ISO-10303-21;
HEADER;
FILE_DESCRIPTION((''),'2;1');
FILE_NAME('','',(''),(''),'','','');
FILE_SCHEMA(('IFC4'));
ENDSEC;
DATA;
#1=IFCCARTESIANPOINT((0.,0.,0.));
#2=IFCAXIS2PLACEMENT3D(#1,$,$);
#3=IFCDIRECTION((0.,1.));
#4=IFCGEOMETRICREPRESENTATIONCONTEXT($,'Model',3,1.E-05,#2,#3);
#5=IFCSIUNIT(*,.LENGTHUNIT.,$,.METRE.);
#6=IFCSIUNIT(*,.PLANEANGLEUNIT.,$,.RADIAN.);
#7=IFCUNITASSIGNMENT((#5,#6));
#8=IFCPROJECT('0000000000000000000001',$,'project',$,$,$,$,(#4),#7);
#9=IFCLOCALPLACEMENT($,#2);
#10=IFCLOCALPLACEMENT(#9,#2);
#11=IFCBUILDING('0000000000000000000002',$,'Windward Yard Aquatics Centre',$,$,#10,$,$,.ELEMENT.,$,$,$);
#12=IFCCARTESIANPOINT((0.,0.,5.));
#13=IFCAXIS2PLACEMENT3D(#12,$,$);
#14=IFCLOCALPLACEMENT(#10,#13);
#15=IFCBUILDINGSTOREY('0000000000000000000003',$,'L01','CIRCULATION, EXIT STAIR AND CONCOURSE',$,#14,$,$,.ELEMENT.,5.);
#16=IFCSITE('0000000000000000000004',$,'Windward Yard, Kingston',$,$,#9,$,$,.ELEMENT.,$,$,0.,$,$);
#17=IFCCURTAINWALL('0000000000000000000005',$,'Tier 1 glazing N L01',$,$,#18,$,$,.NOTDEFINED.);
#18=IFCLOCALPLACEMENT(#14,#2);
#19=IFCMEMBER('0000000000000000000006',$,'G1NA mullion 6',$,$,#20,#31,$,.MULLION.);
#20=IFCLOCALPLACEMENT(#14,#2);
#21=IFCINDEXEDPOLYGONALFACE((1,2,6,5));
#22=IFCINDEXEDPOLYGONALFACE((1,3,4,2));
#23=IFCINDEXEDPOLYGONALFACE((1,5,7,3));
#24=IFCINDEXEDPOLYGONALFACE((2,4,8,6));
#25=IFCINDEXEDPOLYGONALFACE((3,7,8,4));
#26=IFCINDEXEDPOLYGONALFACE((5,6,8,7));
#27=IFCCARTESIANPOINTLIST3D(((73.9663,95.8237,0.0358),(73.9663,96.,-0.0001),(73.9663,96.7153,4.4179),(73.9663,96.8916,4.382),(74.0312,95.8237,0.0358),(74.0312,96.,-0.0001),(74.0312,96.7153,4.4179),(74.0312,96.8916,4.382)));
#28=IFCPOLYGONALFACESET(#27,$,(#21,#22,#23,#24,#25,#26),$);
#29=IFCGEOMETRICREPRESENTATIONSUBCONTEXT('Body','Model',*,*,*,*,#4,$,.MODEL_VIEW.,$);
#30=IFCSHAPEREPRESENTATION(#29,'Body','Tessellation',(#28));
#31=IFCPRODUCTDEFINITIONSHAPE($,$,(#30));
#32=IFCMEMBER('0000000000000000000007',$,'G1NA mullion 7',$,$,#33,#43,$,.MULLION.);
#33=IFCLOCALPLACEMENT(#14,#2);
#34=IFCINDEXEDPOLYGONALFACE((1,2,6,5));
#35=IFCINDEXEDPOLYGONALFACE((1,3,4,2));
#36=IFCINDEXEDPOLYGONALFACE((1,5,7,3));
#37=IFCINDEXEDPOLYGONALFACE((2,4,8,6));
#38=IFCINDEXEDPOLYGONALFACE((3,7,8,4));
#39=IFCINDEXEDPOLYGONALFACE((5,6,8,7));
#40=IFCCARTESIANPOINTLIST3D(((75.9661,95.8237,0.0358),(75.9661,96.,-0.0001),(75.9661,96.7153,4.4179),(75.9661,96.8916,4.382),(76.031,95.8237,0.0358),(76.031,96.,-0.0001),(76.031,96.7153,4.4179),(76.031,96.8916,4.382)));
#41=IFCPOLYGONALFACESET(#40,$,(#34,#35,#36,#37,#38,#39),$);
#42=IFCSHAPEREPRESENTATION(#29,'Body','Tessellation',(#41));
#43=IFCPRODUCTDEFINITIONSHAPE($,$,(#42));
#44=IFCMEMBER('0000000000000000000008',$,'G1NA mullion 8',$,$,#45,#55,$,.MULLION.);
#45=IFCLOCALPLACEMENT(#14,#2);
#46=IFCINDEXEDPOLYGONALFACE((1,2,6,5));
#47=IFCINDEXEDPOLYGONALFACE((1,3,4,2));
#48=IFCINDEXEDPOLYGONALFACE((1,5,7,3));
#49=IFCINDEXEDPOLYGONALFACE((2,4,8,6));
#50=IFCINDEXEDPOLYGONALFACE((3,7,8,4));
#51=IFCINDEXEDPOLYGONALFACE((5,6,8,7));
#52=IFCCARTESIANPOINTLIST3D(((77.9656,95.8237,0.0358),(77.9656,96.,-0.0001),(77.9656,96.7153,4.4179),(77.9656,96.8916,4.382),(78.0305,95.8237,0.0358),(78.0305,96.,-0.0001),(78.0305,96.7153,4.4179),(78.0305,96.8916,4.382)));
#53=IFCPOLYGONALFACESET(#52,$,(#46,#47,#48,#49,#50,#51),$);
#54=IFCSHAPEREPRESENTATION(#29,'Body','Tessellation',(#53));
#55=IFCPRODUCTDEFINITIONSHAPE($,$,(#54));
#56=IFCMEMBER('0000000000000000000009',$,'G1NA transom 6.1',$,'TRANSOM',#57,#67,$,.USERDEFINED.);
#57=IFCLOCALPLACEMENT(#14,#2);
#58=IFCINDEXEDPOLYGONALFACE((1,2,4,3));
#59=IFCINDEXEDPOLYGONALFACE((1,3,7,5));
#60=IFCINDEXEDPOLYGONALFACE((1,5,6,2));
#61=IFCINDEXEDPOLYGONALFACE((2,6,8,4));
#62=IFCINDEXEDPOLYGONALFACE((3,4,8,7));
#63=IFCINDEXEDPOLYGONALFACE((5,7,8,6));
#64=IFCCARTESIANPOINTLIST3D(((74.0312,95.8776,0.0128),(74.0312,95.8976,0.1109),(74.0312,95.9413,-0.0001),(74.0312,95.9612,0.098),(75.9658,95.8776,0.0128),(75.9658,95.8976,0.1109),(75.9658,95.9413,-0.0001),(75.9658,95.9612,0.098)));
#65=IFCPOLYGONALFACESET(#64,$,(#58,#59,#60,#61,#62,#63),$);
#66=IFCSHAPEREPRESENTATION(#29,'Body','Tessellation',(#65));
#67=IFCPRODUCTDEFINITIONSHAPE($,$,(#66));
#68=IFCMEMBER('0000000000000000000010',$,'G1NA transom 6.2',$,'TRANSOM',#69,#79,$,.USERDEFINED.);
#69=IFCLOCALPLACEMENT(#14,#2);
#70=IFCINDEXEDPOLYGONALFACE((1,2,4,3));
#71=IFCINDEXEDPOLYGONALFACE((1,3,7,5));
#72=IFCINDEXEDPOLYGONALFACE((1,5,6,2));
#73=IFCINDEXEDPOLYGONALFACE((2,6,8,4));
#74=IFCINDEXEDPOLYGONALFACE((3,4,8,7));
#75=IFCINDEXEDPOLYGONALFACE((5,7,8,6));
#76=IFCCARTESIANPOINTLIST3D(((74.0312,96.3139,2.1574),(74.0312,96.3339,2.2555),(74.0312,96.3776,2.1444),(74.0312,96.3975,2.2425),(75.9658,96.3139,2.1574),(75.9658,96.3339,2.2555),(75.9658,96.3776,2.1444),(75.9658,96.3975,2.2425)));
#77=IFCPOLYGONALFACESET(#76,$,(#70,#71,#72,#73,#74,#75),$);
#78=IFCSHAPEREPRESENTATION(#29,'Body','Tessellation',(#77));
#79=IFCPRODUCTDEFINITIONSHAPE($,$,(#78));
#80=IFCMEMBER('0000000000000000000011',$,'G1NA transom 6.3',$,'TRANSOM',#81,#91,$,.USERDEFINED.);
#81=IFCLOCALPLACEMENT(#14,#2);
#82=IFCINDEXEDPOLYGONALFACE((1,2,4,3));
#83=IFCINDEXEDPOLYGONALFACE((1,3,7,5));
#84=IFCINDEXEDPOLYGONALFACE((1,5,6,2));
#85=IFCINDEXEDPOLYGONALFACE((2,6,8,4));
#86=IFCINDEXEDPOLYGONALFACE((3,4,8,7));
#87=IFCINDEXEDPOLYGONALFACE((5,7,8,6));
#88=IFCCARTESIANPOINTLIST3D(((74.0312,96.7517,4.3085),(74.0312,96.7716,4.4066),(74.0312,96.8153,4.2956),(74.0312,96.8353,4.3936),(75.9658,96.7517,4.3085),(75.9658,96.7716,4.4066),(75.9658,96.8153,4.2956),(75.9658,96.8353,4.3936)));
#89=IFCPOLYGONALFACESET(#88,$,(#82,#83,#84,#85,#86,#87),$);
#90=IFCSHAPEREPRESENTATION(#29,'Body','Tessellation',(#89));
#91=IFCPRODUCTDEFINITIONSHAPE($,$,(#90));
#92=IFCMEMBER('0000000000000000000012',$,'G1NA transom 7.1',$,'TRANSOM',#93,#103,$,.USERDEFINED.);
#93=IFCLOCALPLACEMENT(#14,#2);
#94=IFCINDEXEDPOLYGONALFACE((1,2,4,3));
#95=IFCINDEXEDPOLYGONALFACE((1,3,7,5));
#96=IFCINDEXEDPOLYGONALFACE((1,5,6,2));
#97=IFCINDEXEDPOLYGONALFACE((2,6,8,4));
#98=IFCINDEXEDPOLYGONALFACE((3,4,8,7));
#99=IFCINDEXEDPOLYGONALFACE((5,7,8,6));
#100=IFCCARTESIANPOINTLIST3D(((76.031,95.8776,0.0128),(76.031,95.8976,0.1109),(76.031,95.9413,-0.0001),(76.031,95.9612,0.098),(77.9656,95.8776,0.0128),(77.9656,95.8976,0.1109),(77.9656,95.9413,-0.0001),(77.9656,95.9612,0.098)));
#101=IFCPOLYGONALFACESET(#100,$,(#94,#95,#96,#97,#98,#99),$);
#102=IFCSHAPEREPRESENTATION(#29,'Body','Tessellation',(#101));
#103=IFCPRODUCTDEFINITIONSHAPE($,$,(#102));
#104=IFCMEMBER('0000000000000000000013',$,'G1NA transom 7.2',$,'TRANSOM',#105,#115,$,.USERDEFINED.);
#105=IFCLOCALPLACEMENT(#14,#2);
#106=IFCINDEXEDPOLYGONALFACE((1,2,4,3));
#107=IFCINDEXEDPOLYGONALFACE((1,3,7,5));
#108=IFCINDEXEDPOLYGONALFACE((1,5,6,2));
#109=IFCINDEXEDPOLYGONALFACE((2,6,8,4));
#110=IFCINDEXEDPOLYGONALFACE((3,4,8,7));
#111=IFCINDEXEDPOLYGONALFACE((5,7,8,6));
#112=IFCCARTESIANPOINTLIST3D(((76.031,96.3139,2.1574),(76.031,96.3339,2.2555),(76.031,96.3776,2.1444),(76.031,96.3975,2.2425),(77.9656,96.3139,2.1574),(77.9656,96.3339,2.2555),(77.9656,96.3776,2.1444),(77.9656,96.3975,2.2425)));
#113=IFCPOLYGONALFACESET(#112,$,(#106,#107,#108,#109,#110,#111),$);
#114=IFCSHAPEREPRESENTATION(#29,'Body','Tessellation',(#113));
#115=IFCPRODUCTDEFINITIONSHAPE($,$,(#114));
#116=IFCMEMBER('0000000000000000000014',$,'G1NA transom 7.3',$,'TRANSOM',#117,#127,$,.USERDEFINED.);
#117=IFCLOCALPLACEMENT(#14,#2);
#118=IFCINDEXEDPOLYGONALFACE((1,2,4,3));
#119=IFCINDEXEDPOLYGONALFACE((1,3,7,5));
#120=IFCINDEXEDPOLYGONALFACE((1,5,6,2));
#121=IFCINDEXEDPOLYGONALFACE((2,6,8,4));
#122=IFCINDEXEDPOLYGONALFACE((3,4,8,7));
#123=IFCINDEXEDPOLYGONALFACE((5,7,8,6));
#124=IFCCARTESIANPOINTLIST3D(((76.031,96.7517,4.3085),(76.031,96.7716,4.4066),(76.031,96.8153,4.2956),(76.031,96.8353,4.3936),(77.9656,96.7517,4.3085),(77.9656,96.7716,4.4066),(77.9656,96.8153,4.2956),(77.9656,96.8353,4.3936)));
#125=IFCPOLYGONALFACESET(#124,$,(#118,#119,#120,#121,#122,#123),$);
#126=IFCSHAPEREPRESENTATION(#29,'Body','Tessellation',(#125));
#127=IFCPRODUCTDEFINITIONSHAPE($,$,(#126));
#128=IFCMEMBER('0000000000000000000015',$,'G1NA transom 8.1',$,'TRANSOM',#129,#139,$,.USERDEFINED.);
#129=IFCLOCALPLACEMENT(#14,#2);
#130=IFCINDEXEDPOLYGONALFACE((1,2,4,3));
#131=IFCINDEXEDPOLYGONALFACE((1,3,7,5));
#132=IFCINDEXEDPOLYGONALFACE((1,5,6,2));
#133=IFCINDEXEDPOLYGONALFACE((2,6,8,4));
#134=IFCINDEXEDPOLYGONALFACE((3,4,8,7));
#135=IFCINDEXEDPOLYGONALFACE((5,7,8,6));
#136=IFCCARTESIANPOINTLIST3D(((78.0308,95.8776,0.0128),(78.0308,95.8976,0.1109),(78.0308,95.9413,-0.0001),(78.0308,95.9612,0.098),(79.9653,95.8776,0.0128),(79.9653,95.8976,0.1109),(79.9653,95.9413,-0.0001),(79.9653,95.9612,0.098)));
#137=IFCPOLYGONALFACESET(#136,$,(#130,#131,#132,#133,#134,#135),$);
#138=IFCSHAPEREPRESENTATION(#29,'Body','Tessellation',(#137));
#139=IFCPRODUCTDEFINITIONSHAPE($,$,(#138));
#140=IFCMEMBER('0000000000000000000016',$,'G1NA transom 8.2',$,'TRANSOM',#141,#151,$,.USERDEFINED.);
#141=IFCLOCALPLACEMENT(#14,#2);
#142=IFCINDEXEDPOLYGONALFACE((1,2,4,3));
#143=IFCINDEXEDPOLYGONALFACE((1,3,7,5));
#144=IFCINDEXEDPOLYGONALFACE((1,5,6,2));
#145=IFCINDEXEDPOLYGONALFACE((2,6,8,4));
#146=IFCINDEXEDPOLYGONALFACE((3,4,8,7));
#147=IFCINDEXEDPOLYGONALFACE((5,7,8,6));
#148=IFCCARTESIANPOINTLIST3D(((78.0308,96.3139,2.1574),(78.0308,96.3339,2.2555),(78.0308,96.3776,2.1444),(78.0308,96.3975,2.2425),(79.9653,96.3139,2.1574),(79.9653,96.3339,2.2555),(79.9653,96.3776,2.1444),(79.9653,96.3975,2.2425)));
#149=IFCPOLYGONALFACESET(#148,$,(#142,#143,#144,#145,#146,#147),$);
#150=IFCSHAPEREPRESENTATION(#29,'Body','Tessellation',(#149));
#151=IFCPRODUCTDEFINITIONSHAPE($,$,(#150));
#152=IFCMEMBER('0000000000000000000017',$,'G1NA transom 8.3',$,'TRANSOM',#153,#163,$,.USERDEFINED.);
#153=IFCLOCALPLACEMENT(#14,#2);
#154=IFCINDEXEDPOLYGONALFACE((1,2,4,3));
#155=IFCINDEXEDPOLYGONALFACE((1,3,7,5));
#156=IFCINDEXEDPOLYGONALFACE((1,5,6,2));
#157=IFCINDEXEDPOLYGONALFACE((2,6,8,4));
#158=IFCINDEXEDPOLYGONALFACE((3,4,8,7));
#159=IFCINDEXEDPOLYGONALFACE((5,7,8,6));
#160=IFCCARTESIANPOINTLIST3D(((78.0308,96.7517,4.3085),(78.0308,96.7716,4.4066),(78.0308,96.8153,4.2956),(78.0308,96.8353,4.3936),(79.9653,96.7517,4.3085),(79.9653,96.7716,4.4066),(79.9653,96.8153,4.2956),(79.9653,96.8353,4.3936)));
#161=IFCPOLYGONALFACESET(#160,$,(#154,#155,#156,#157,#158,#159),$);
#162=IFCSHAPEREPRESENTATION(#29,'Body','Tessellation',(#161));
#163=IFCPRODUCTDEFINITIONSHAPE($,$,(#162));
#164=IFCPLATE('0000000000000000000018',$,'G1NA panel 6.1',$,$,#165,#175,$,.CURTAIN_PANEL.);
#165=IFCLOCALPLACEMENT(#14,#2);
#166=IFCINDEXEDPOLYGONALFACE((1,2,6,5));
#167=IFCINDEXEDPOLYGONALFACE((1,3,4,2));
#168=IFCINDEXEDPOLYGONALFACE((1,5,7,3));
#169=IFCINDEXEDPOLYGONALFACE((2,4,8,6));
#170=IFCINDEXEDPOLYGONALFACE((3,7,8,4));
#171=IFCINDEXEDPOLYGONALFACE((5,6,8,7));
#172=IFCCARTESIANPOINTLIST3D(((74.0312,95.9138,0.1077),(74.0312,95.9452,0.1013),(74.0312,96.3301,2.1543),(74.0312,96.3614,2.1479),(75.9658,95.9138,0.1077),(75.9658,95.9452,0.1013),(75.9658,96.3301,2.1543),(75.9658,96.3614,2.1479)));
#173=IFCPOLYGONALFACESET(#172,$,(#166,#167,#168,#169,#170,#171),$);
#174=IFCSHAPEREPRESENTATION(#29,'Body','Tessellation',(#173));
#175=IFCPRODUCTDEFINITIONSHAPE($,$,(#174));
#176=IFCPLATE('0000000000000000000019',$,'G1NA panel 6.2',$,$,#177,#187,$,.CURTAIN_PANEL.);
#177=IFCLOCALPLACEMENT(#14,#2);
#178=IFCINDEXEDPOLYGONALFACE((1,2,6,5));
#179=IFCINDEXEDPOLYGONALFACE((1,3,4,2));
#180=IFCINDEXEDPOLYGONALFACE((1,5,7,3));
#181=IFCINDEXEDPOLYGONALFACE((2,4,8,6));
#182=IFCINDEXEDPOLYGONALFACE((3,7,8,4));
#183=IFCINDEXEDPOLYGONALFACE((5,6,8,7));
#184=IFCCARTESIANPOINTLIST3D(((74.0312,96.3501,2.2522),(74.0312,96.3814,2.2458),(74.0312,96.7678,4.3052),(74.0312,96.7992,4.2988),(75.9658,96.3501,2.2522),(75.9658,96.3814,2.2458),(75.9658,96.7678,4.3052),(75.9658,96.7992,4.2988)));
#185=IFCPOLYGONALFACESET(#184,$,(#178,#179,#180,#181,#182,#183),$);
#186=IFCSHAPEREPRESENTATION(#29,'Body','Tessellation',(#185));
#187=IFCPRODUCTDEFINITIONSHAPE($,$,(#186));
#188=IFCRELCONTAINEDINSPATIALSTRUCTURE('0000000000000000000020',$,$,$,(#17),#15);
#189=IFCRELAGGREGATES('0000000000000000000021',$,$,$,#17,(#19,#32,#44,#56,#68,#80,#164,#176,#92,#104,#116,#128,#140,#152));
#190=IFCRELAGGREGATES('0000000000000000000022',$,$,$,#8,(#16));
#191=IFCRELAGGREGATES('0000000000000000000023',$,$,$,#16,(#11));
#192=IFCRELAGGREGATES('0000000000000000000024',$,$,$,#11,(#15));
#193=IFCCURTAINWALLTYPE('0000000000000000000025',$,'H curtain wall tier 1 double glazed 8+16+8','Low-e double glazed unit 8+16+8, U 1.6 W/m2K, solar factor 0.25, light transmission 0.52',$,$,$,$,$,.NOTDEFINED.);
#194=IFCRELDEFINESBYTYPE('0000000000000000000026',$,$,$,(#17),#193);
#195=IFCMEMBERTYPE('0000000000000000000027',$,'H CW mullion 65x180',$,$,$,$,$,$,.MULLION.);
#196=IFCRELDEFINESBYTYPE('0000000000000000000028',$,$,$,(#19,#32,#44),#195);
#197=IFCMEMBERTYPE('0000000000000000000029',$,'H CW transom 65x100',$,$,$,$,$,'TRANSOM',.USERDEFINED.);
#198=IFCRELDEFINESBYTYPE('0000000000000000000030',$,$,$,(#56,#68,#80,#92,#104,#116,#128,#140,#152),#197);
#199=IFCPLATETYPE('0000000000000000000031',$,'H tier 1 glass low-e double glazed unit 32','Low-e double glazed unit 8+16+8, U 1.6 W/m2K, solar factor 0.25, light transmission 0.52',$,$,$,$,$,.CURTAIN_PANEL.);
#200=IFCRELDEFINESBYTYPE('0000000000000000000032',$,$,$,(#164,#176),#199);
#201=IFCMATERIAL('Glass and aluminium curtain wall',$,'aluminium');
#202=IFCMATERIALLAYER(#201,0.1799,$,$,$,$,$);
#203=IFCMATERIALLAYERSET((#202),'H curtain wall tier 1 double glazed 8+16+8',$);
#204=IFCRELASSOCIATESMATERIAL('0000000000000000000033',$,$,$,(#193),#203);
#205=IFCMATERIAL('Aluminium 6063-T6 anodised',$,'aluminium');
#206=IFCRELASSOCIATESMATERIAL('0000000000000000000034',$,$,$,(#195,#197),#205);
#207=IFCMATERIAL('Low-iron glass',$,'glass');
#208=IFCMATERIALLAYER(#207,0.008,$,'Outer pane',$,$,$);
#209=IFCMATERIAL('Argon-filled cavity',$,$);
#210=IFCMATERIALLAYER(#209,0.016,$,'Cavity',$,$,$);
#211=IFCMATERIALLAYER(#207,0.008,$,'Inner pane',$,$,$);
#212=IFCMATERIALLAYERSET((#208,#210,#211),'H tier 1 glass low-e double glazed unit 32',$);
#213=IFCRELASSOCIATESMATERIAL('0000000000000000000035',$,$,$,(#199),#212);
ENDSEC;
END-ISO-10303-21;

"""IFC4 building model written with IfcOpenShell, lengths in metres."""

from ifc_helpers import new_model, si_unit, direction, frame, origin, origin_2d, place, context, subcontext, project, spatial, polyline, rectangle, outline, extrude, material, layer, layer_set, material_profile, profile_set, type_object, element, aggregate, save


model = new_model("IFC4")

# Units and contexts
model_context = context("Model", 3, precision=1e-05, world=origin(), true_north=direction((0.0, 1.0)))
body_context = subcontext(model_context, "Body", "Model", "MODEL_VIEW")
ifc_project = project(units=[si_unit("LENGTHUNIT", "METRE"), si_unit("PLANEANGLEUNIT", "RADIAN")], contexts=[model_context])

# Site, building, storey
site_placement = place(None, origin())
site = spatial("IfcSite", under=ifc_project, at=site_placement, Name="Windward Yard, Kingston", CompositionType="ELEMENT", RefElevation=0.0)
building_placement = place(site_placement, origin())
building = spatial("IfcBuilding", under=site, at=building_placement, Name="Windward Yard Aquatics Centre", CompositionType="ELEMENT")
storey_placement = place(building_placement, frame((0.0, 0.0, 5.0)))
storey = spatial("IfcBuildingStorey", under=building, at=storey_placement, Name="L01", Description="CIRCULATION, EXIT STAIR AND CONCOURSE", CompositionType="ELEMENT", Elevation=5.0)

# Curtain wall, members, plates
ifc_material_1 = material(Name="Glass and aluminium curtain wall", Category="aluminium")
ifc_layer_1 = layer(ifc_material_1, 0.1799)
ifc_layer_set_1 = layer_set([ifc_layer_1], Name="H curtain wall tier 1 double glazed 8+16+8")
curtain_wall_type = type_object("IfcCurtainWallType", Name="H curtain wall tier 1 double glazed 8+16+8", Description="Low-e double glazed unit 8+16+8, U 1.6 W/m2K, solar factor 0.25, light transmission 0.52", PredefinedType="NOTDEFINED", material=ifc_layer_set_1)
curtain_wall_placement = place(storey_placement, origin())
curtain_wall = element("IfcCurtainWall", 1, at=curtain_wall_placement, inside=storey, type_object=curtain_wall_type, Name="Tier 1 glazing N L01", PredefinedType="NOTDEFINED")
ifc_material_2 = material(Name="Aluminium 6063-T6 anodised", Category="aluminium")
ifc_material_profile_1 = material_profile(ifc_material_2, rectangle(XDim=0.0649, YDim=0.1799, at=origin_2d()), Name="H CW mullion 65x180")
ifc_profile_set_1 = profile_set([ifc_material_profile_1], Name="Aluminium 6063-T6 anodised")
member_type_1 = type_object("IfcMemberType", Name="H CW mullion 65x180", PredefinedType="MULLION", material=ifc_profile_set_1)
member_1_placement = place(storey_placement, frame((73.9988, 95.9119, 0.0178), z_axis=(0.0, 0.19938, 0.979922), x_axis=(-1.0, 0.0, 0.0)))
member_1 = element("IfcMember", 2, at=member_1_placement, type_object=member_type_1, Name="G1NA mullion 6", PredefinedType="MULLION", context=body_context, shape_type="SweptSolid", body=[
    extrude(rectangle(XDim=0.0649, YDim=0.1799, at=origin_2d()), origin(), (0.0, 0.0, 1.0), 4.4719),
])
member_2_placement = place(storey_placement, frame((75.9985, 95.9119, 0.0178), z_axis=(0.0, 0.19938, 0.979922), x_axis=(-1.0, 0.0, 0.0)))
member_2 = element("IfcMember", 3, at=member_2_placement, type_object=member_type_1, Name="G1NA mullion 7", PredefinedType="MULLION", context=body_context, shape_type="SweptSolid", body=[
    extrude(rectangle(XDim=0.0649, YDim=0.1799, at=origin_2d()), origin(), (0.0, 0.0, 1.0), 4.4719),
])
member_3_placement = place(storey_placement, frame((77.998, 95.9119, 0.0178), z_axis=(0.0, 0.19938, 0.979922), x_axis=(-1.0, 0.0, 0.0)))
member_3 = element("IfcMember", 4, at=member_3_placement, type_object=member_type_1, Name="G1NA mullion 8", PredefinedType="MULLION", context=body_context, shape_type="SweptSolid", body=[
    extrude(rectangle(XDim=0.0649, YDim=0.1799, at=origin_2d()), origin(), (0.0, 0.0, 1.0), 4.4719),
])
ifc_material_profile_2 = material_profile(ifc_material_2, rectangle(XDim=0.0649, YDim=0.1001, at=origin_2d()), Name="H CW transom 65x100")
ifc_profile_set_2 = profile_set([ifc_material_profile_2], Name="Aluminium 6063-T6 anodised")
member_type_2 = type_object("IfcMemberType", Name="H CW transom 65x100", ElementType="TRANSOM", PredefinedType="USERDEFINED", material=ifc_profile_set_2)
member_4_placement = place(storey_placement, frame((74.0312, 95.9194, 0.0554), z_axis=(1.0, 0.0, 0.0), x_axis=(0.0, -0.979925, 0.199368)))
member_4 = element("IfcMember", 5, at=member_4_placement, type_object=member_type_2, Name="G1NA transom 6.1", ObjectType="TRANSOM", PredefinedType="USERDEFINED", context=body_context, shape_type="SweptSolid", body=[
    extrude(rectangle(XDim=0.0649, YDim=0.1001, at=origin_2d()), origin(), (0.0, 0.0, 1.0), 1.9346),
])
member_5_placement = place(storey_placement, frame((74.0312, 96.3557, 2.2), z_axis=(1.0, 0.0, 0.0), x_axis=(0.0, -0.979925, 0.199368)))
member_5 = element("IfcMember", 6, at=member_5_placement, type_object=member_type_2, Name="G1NA transom 6.2", ObjectType="TRANSOM", PredefinedType="USERDEFINED", context=body_context, shape_type="SweptSolid", body=[
    extrude(rectangle(XDim=0.0649, YDim=0.1001, at=origin_2d()), origin(), (0.0, 0.0, 1.0), 1.9346),
])
member_6_placement = place(storey_placement, frame((74.0312, 96.7935, 4.3511), z_axis=(1.0, 0.0, 0.0), x_axis=(0.0, -0.979925, 0.199368)))
member_6 = element("IfcMember", 7, at=member_6_placement, type_object=member_type_2, Name="G1NA transom 6.3", ObjectType="TRANSOM", PredefinedType="USERDEFINED", context=body_context, shape_type="SweptSolid", body=[
    extrude(rectangle(XDim=0.0649, YDim=0.1001, at=origin_2d()), origin(), (0.0, 0.0, 1.0), 1.9346),
])
member_7_placement = place(storey_placement, frame((76.031, 95.9194, 0.0554), z_axis=(1.0, 0.0, 0.0), x_axis=(0.0, -0.979925, 0.199368)))
member_7 = element("IfcMember", 8, at=member_7_placement, type_object=member_type_2, Name="G1NA transom 7.1", ObjectType="TRANSOM", PredefinedType="USERDEFINED", context=body_context, shape_type="SweptSolid", body=[
    extrude(rectangle(XDim=0.0649, YDim=0.1001, at=origin_2d()), origin(), (0.0, 0.0, 1.0), 1.9346),
])
member_8_placement = place(storey_placement, frame((76.031, 96.3557, 2.2), z_axis=(1.0, 0.0, 0.0), x_axis=(0.0, -0.979925, 0.199368)))
member_8 = element("IfcMember", 9, at=member_8_placement, type_object=member_type_2, Name="G1NA transom 7.2", ObjectType="TRANSOM", PredefinedType="USERDEFINED", context=body_context, shape_type="SweptSolid", body=[
    extrude(rectangle(XDim=0.0649, YDim=0.1001, at=origin_2d()), origin(), (0.0, 0.0, 1.0), 1.9346),
])
member_9_placement = place(storey_placement, frame((76.031, 96.7935, 4.3511), z_axis=(1.0, 0.0, 0.0), x_axis=(0.0, -0.979925, 0.199368)))
member_9 = element("IfcMember", 10, at=member_9_placement, type_object=member_type_2, Name="G1NA transom 7.3", ObjectType="TRANSOM", PredefinedType="USERDEFINED", context=body_context, shape_type="SweptSolid", body=[
    extrude(rectangle(XDim=0.0649, YDim=0.1001, at=origin_2d()), origin(), (0.0, 0.0, 1.0), 1.9346),
])
member_10_placement = place(storey_placement, frame((78.0308, 95.9194, 0.0554), z_axis=(1.0, 0.0, 0.0), x_axis=(0.0, -0.979925, 0.199368)))
member_10 = element("IfcMember", 11, at=member_10_placement, type_object=member_type_2, Name="G1NA transom 8.1", ObjectType="TRANSOM", PredefinedType="USERDEFINED", context=body_context, shape_type="SweptSolid", body=[
    extrude(rectangle(XDim=0.0649, YDim=0.1001, at=origin_2d()), origin(), (0.0, 0.0, 1.0), 1.9346),
])
member_11_placement = place(storey_placement, frame((78.0308, 96.3557, 2.2), z_axis=(1.0, 0.0, 0.0), x_axis=(0.0, -0.979925, 0.199368)))
member_11 = element("IfcMember", 12, at=member_11_placement, type_object=member_type_2, Name="G1NA transom 8.2", ObjectType="TRANSOM", PredefinedType="USERDEFINED", context=body_context, shape_type="SweptSolid", body=[
    extrude(rectangle(XDim=0.0649, YDim=0.1001, at=origin_2d()), origin(), (0.0, 0.0, 1.0), 1.9346),
])
member_12_placement = place(storey_placement, frame((78.0308, 96.7935, 4.3511), z_axis=(1.0, 0.0, 0.0), x_axis=(0.0, -0.979925, 0.199368)))
member_12 = element("IfcMember", 13, at=member_12_placement, type_object=member_type_2, Name="G1NA transom 8.3", ObjectType="TRANSOM", PredefinedType="USERDEFINED", context=body_context, shape_type="SweptSolid", body=[
    extrude(rectangle(XDim=0.0649, YDim=0.1001, at=origin_2d()), origin(), (0.0, 0.0, 1.0), 1.9346),
])
ifc_material_3 = material(Name="Low-iron glass", Category="glass")
ifc_layer_2 = layer(ifc_material_3, 0.008, Name="Outer pane")
ifc_material_4 = material(Name="Argon-filled cavity")
ifc_layer_3 = layer(ifc_material_4, 0.016, Name="Cavity")
ifc_layer_4 = layer(ifc_material_3, 0.008, Name="Inner pane")
ifc_layer_set_2 = layer_set([ifc_layer_2, ifc_layer_3, ifc_layer_4], Name="H tier 1 glass low-e double glazed unit 32")
plate_type = type_object("IfcPlateType", Name="H tier 1 glass low-e double glazed unit 32", Description="Low-e double glazed unit 8+16+8, U 1.6 W/m2K, solar factor 0.25, light transmission 0.52", PredefinedType="CURTAIN_PANEL", material=ifc_layer_set_2)
plate_1_placement = place(storey_placement, frame((74.0312, 95.9138, 0.1077), z_axis=(0.0, -0.979937, 0.199307), x_axis=(1.0, 0.0, 0.0)))
plate_1 = element("IfcPlate", 14, at=plate_1_placement, type_object=plate_type, Name="G1NA panel 6.1", PredefinedType="CURTAIN_PANEL", context=body_context, shape_type="SweptSolid", body=[
    extrude(outline(polyline([(0.0, 0.0), (1.9346, 0.0), (1.9346, 2.0885), (0.0, 2.0885), (0.0, 0.0)])), origin(), (0.0, 0.0, -1.0), 0.032),
])
plate_2_placement = place(storey_placement, frame((74.0312, 96.3501, 2.2522), z_axis=(0.0, -0.979921, 0.199387), x_axis=(1.0, 0.0, 0.0)))
plate_2 = element("IfcPlate", 15, at=plate_2_placement, type_object=plate_type, Name="G1NA panel 6.2", PredefinedType="CURTAIN_PANEL", context=body_context, shape_type="SweptSolid", body=[
    extrude(outline(polyline([(0.0, 0.0), (1.9346, 0.0), (1.9346, 2.095), (0.0, 2.095), (0.0, 0.0)])), origin(), (0.0, 0.0, -1.0), 0.032),
])
aggregate(curtain_wall, [member_1, member_2, member_3, member_4, member_5, member_6, plate_1, plate_2, member_7, member_8, member_9, member_10, member_11, member_12])

save(model, "model.ifc")
